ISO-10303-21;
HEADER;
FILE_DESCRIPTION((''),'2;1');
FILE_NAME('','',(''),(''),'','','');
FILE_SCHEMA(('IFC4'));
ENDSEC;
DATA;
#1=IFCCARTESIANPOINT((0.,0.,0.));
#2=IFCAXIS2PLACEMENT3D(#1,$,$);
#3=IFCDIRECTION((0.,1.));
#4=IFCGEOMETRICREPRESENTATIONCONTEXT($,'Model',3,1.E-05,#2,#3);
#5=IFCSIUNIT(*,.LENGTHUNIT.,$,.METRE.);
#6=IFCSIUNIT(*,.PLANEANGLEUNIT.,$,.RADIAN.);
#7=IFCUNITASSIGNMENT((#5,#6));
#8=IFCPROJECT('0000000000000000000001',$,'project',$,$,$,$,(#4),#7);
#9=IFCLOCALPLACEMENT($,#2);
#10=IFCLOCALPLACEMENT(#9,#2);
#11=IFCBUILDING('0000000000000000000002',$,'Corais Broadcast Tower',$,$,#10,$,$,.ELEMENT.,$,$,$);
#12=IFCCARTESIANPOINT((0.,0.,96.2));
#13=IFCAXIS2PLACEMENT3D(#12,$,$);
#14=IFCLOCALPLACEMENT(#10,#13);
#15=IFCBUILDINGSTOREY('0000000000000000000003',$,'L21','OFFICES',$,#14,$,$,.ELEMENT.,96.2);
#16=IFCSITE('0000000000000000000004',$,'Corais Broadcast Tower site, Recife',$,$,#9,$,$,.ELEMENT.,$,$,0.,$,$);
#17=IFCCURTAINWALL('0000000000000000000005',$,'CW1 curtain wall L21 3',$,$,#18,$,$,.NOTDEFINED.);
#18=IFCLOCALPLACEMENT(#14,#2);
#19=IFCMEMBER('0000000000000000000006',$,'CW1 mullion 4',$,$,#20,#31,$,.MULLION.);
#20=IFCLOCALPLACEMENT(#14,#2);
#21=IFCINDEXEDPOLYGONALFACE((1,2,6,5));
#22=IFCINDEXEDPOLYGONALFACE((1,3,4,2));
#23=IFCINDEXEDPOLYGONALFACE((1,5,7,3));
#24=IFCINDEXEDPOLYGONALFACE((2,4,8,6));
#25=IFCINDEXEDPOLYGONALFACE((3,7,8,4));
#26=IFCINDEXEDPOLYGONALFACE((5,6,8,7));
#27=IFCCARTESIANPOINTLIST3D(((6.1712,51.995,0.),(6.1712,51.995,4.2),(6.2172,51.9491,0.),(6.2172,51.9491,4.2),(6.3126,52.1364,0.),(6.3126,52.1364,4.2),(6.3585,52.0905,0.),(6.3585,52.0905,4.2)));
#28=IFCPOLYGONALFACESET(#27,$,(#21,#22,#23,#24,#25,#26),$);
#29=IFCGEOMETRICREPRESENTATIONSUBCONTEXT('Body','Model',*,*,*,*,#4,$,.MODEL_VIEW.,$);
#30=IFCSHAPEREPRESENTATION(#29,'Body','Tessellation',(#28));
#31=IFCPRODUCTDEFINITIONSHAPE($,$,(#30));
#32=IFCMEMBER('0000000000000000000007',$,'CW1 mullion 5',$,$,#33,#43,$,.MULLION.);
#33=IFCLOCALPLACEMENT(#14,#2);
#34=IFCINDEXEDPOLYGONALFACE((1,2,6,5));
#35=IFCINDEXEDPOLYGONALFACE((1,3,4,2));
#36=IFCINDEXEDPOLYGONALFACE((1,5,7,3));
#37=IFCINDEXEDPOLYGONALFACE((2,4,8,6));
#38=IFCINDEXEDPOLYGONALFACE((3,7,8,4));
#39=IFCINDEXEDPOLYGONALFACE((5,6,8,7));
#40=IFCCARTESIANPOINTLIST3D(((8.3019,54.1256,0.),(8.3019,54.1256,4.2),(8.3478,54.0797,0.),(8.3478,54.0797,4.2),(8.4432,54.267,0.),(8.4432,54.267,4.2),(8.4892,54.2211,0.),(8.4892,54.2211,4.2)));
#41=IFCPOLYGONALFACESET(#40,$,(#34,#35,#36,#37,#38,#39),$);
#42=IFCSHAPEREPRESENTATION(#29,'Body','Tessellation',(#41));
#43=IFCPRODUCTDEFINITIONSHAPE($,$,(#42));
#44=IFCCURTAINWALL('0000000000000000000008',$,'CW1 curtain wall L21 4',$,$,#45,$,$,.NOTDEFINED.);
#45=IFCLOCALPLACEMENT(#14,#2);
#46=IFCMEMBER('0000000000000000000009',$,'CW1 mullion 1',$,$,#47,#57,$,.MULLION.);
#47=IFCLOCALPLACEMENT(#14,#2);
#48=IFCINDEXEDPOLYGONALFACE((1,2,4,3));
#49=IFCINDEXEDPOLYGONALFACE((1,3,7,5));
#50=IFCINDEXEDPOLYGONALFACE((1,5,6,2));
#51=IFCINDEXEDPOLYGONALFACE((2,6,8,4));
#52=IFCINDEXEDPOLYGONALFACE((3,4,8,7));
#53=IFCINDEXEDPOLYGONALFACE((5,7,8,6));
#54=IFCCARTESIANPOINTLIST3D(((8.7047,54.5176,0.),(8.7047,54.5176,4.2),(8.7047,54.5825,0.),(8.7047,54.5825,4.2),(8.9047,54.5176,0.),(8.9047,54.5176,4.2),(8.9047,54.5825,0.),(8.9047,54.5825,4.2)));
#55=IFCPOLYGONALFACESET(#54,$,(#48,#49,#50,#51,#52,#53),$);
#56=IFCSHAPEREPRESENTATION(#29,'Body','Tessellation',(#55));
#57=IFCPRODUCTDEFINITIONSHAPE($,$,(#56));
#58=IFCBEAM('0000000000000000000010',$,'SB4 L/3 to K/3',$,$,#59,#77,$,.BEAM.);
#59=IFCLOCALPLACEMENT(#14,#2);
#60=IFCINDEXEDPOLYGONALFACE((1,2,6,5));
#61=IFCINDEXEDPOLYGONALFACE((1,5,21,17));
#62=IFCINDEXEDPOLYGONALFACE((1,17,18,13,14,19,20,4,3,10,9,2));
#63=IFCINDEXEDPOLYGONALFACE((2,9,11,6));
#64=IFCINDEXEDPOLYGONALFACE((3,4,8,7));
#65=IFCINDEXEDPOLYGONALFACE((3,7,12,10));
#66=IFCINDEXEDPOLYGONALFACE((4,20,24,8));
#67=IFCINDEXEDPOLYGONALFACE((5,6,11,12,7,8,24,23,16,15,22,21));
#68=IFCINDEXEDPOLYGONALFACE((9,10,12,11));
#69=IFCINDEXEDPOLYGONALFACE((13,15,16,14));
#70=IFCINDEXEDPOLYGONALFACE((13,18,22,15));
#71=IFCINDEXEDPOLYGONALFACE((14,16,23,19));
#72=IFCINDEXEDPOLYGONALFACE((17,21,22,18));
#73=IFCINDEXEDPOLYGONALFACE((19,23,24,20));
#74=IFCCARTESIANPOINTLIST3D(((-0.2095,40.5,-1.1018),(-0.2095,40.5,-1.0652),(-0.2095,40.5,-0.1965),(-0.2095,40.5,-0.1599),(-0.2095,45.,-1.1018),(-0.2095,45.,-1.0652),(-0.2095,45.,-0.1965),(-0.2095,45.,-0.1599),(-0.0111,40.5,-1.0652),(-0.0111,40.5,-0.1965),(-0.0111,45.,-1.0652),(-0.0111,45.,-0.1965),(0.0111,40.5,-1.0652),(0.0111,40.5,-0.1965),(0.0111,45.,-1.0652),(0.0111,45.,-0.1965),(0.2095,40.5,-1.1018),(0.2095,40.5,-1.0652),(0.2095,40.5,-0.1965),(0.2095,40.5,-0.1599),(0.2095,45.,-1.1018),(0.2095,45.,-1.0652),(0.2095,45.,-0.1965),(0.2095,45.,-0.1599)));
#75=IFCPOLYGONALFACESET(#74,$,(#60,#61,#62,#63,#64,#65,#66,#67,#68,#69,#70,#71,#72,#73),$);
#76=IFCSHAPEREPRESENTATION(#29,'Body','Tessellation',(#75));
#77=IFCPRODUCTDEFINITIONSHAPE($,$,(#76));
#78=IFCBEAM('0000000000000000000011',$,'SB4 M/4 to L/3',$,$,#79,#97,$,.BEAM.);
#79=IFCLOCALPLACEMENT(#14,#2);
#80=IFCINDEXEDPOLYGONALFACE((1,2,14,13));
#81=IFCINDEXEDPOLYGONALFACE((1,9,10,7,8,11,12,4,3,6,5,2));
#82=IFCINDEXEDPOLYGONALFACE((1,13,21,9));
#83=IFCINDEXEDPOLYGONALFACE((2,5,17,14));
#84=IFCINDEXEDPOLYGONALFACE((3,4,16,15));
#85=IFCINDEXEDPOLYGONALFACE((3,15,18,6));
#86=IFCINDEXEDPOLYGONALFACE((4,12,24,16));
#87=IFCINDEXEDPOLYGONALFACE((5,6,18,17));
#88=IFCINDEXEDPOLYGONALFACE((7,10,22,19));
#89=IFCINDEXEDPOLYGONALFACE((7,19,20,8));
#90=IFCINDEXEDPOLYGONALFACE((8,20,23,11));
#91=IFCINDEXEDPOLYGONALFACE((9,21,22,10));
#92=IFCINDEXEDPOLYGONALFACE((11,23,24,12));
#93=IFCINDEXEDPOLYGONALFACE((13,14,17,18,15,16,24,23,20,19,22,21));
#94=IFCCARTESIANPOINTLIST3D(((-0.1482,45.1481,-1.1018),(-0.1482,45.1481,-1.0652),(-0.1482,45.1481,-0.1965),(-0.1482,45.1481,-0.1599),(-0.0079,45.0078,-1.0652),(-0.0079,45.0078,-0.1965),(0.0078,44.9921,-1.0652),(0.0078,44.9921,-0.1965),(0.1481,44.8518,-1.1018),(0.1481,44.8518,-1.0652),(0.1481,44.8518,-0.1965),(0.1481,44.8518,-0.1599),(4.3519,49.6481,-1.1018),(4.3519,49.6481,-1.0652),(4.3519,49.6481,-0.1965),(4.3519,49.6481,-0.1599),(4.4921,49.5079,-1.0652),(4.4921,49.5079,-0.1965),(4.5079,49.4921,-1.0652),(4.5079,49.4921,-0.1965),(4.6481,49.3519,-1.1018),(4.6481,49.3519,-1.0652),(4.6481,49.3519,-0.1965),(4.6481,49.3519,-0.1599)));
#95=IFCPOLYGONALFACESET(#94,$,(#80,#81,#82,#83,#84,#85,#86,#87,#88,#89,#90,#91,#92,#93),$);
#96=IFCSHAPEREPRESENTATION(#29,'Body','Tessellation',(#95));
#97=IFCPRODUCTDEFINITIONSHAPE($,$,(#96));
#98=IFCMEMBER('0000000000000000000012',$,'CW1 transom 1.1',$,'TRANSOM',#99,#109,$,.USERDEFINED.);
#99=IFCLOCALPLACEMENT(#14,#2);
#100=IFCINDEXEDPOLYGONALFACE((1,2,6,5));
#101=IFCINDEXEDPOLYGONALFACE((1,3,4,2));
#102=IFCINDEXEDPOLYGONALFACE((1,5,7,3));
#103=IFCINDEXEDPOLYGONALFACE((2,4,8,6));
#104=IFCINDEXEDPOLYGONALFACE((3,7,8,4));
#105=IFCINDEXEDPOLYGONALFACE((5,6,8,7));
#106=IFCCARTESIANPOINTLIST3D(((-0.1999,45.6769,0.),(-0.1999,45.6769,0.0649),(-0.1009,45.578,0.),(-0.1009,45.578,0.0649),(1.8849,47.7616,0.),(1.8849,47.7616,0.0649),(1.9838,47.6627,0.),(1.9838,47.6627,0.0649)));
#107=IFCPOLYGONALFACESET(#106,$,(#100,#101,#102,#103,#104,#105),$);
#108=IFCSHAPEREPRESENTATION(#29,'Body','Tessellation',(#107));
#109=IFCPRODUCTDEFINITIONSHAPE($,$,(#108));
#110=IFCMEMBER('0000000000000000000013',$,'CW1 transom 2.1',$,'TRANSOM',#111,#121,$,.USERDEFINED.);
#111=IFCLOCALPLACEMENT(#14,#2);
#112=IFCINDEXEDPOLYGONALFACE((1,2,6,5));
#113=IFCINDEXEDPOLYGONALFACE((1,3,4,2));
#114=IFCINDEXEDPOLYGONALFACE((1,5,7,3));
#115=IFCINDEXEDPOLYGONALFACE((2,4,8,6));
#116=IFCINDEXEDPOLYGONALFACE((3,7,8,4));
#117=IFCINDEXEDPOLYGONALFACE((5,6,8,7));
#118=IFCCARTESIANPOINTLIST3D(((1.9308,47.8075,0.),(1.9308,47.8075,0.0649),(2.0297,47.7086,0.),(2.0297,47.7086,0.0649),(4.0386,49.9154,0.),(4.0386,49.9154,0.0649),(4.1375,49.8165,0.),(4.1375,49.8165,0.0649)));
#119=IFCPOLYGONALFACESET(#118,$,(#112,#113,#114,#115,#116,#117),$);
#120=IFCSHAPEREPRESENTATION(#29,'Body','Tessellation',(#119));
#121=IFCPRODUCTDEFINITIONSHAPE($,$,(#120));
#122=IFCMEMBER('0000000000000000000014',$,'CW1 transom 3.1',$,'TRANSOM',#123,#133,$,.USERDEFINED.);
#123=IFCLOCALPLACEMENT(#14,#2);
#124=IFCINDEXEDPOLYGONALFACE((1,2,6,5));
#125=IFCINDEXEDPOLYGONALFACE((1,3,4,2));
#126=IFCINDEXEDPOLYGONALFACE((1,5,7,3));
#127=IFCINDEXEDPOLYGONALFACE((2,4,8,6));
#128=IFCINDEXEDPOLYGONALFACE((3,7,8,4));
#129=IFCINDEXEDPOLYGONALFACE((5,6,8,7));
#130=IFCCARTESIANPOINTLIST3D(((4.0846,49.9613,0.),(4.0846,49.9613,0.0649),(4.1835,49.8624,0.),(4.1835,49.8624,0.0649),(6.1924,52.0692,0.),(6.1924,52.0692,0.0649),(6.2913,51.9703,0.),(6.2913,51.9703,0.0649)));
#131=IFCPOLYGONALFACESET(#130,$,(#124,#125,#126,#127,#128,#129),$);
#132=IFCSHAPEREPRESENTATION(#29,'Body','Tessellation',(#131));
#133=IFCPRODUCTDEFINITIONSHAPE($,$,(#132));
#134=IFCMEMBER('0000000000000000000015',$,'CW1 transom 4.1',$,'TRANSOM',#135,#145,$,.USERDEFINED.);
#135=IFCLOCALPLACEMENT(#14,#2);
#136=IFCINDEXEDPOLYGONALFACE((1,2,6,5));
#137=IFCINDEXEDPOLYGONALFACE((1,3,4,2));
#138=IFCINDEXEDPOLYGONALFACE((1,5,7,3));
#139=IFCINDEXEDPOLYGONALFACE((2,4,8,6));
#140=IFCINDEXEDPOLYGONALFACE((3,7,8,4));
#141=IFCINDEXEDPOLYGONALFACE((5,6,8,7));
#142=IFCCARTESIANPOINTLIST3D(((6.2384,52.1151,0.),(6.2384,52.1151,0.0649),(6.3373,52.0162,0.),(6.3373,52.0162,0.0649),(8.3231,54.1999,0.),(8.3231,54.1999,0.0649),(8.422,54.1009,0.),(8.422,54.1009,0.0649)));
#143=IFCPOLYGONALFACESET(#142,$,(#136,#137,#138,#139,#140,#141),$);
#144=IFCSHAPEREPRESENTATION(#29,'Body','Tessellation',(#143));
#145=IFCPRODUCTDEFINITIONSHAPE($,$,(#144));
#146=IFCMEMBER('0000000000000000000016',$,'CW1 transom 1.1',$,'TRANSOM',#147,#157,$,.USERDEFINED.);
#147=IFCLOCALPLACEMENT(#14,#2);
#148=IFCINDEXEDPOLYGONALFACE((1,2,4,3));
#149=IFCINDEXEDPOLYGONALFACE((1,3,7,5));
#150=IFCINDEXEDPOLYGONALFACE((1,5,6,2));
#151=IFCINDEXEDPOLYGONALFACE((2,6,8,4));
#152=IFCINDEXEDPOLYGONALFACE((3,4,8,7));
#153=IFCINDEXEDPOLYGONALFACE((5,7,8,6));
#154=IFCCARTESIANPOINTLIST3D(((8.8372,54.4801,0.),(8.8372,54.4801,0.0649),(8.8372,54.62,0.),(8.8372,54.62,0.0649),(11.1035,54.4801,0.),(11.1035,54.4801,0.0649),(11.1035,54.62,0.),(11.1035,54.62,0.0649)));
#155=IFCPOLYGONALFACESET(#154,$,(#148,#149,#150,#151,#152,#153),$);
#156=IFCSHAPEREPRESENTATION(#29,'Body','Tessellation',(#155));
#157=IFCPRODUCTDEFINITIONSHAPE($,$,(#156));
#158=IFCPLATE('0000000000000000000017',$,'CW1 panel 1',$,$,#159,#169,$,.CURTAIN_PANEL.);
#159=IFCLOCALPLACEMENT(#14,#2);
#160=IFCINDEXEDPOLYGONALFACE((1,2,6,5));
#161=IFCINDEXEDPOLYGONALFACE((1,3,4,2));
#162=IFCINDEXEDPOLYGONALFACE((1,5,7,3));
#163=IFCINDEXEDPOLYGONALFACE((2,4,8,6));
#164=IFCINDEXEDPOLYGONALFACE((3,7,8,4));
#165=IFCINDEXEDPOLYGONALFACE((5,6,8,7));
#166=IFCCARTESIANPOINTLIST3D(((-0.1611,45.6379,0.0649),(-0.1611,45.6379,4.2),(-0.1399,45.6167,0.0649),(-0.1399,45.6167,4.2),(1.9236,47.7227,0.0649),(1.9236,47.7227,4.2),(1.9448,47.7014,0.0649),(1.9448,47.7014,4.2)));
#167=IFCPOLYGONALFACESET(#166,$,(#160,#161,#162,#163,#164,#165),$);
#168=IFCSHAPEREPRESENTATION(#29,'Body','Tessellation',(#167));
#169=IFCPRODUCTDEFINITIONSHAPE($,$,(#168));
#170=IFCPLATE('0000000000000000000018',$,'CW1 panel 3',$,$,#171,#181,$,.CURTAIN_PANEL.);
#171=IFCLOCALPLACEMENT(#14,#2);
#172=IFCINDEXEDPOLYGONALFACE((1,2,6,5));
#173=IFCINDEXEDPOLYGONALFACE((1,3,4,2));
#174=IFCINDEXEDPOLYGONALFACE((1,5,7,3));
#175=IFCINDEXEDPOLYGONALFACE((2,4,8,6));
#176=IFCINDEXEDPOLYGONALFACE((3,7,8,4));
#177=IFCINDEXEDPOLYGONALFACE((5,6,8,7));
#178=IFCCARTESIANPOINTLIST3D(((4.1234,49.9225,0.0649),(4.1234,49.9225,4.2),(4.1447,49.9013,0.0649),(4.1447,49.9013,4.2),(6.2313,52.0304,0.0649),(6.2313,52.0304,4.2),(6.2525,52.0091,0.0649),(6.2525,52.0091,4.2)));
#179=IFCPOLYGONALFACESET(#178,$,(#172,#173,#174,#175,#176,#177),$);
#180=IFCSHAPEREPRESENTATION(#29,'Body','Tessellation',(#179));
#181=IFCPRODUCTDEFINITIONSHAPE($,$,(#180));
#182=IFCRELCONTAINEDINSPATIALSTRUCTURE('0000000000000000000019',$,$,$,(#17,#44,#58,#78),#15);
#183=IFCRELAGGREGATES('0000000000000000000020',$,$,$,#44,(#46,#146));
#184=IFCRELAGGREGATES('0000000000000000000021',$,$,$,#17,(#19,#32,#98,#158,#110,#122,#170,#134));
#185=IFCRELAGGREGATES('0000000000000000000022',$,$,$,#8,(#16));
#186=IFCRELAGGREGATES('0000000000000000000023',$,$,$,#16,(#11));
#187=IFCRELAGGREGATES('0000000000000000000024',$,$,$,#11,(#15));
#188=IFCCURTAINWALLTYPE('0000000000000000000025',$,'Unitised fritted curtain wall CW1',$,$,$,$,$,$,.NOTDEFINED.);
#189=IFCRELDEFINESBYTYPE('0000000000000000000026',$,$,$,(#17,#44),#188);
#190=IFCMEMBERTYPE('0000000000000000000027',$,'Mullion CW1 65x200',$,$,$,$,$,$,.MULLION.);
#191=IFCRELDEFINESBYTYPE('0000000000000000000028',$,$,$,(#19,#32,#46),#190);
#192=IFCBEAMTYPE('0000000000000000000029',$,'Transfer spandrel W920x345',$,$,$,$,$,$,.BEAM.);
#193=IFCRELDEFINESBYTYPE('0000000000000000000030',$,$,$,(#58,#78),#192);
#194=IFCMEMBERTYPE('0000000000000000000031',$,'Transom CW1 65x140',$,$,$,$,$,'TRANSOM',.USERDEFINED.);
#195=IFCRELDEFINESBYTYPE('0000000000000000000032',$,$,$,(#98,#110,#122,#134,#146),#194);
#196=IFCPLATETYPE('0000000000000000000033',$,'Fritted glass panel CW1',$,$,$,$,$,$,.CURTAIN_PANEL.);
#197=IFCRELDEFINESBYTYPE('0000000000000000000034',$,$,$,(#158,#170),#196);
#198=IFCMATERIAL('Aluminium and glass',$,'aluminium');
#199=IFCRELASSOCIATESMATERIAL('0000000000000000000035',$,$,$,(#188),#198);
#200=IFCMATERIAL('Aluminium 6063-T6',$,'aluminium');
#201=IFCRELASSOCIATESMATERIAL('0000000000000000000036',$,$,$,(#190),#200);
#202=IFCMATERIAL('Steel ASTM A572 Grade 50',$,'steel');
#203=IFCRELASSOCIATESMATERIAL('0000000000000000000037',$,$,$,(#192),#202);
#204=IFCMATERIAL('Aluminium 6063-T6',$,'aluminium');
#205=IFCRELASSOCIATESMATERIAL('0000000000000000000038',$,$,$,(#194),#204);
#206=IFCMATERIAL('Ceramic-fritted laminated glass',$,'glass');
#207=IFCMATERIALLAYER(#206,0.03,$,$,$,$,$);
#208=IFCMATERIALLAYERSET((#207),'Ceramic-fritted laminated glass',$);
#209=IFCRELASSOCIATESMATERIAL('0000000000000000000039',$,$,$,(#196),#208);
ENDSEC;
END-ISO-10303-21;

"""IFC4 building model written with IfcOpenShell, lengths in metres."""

from ifc_helpers import new_model, si_unit, direction, frame, origin, origin_2d, place, context, subcontext, project, spatial, rectangle, i_section, extrude, material, layer, layer_set, material_profile, profile_set, type_object, element, aggregate, save


model = new_model("IFC4")

# Units and contexts
model_context = context("Model", 3, precision=1e-05, world=origin(), true_north=direction((0.0, 1.0)))
body_context = subcontext(model_context, "Body", "Model", "MODEL_VIEW")
ifc_project = project(units=[si_unit("LENGTHUNIT", "METRE"), si_unit("PLANEANGLEUNIT", "RADIAN")], contexts=[model_context])

# Site, building, storey
site_placement = place(None, origin())
site = spatial("IfcSite", under=ifc_project, at=site_placement, Name="Corais Broadcast Tower site, Recife", CompositionType="ELEMENT", RefElevation=0.0)
building_placement = place(site_placement, origin())
building = spatial("IfcBuilding", under=site, at=building_placement, Name="Corais Broadcast Tower", CompositionType="ELEMENT")
storey_placement = place(building_placement, frame((0.0, 0.0, 96.2)))
storey = spatial("IfcBuildingStorey", under=building, at=storey_placement, Name="L21", Description="OFFICES", CompositionType="ELEMENT", Elevation=96.2)

# Shared definitions
ifc_material_1 = material(Name="Aluminium and glass", Category="aluminium")
curtain_wall_type = type_object("IfcCurtainWallType", Name="Unitised fritted curtain wall CW1", PredefinedType="NOTDEFINED", material=ifc_material_1)
ifc_material_2 = material(Name="Aluminium 6063-T6", Category="aluminium")
ifc_material_profile_1 = material_profile(ifc_material_2, rectangle(XDim=0.0649, YDim=0.2, at=origin_2d()), Name="Mullion CW1 65x200")
ifc_profile_set_1 = profile_set([ifc_material_profile_1], Name="Aluminium 6063-T6")
member_type_1 = type_object("IfcMemberType", Name="Mullion CW1 65x200", PredefinedType="MULLION", material=ifc_profile_set_1)

# Curtain wall, members
curtain_wall_1_placement = place(storey_placement, origin())
curtain_wall_1 = element("IfcCurtainWall", 1, at=curtain_wall_1_placement, inside=storey, type_object=curtain_wall_type, Name="CW1 curtain wall L21 3", PredefinedType="NOTDEFINED")
member_1_placement = place(storey_placement, frame((6.2649, 52.0427, 0.0), z_axis=(0.0, 0.0, 1.0), x_axis=(-0.707107, 0.707107, 0.0)))
member_1 = element("IfcMember", 2, at=member_1_placement, type_object=member_type_1, Name="CW1 mullion 4", PredefinedType="MULLION", context=body_context, shape_type="SweptSolid", body=[
    extrude(rectangle(XDim=0.0649, YDim=0.2, at=origin_2d()), origin(), (0.0, 0.0, 1.0), 4.2),
])
member_2_placement = place(storey_placement, frame((8.3955, 54.1733, 0.0), z_axis=(0.0, 0.0, 1.0), x_axis=(-0.707107, 0.707107, 0.0)))
member_2 = element("IfcMember", 3, at=member_2_placement, type_object=member_type_1, Name="CW1 mullion 5", PredefinedType="MULLION", context=body_context, shape_type="SweptSolid", body=[
    extrude(rectangle(XDim=0.0649, YDim=0.2, at=origin_2d()), origin(), (0.0, 0.0, 1.0), 4.2),
])

# Curtain wall, member
curtain_wall_2_placement = place(storey_placement, origin())
curtain_wall_2 = element("IfcCurtainWall", 4, at=curtain_wall_2_placement, inside=storey, type_object=curtain_wall_type, Name="CW1 curtain wall L21 4", PredefinedType="NOTDEFINED")
member_3_placement = place(storey_placement, frame((8.8047, 54.55, 0.0), z_axis=(0.0, 0.0, 1.0), x_axis=(0.0, 1.0, 0.0)))
member_3 = element("IfcMember", 5, at=member_3_placement, type_object=member_type_1, Name="CW1 mullion 1", PredefinedType="MULLION", context=body_context, shape_type="SweptSolid", body=[
    extrude(rectangle(XDim=0.0649, YDim=0.2, at=origin_2d()), origin(), (0.0, 0.0, 1.0), 4.2),
])

# Beams
ifc_material_3 = material(Name="Steel ASTM A572 Grade 50", Category="steel")
ifc_material_profile_2 = material_profile(ifc_material_3, i_section(OverallWidth=0.4189, OverallDepth=0.9419, WebThickness=0.0222, FlangeThickness=0.0366, at=origin_2d()), Name="W920x345")
ifc_profile_set_2 = profile_set([ifc_material_profile_2], Name="Steel ASTM A572 Grade 50")
beam_type_1 = type_object("IfcBeamType", Name="Transfer spandrel W920x345", PredefinedType="BEAM", material=ifc_profile_set_2)
beam_1_placement = place(storey_placement, frame((0.0, 45.0, -0.6309), z_axis=(0.0, -1.0, 0.0), x_axis=(1.0, 0.0, 0.0)))
element("IfcBeam", 6, at=beam_1_placement, inside=storey, type_object=beam_type_1, Name="SB4 L/3 to K/3", PredefinedType="BEAM", context=body_context, shape_type="SweptSolid", body=[
    extrude(i_section(OverallWidth=0.4189, OverallDepth=0.9419, WebThickness=0.0222, FlangeThickness=0.0366, at=origin_2d()), origin(), (0.0, 0.0, 1.0), 4.5),
])
beam_2_placement = place(storey_placement, frame((4.5, 49.5, -0.6309), z_axis=(-0.707107, -0.707107, 0.0), x_axis=(0.707107, -0.707107, 0.0)))
element("IfcBeam", 7, at=beam_2_placement, inside=storey, type_object=beam_type_1, Name="SB4 M/4 to L/3", PredefinedType="BEAM", context=body_context, shape_type="SweptSolid", body=[
    extrude(i_section(OverallWidth=0.4189, OverallDepth=0.9419, WebThickness=0.0222, FlangeThickness=0.0366, at=origin_2d()), origin(), (0.0, 0.0, 1.0), 6.364),
])

# Members
ifc_material_4 = material(Name="Aluminium 6063-T6", Category="aluminium")
ifc_material_profile_3 = material_profile(ifc_material_4, rectangle(XDim=0.1399, YDim=0.0649, at=origin_2d()), Name="Transom CW1 65x140")
ifc_profile_set_3 = profile_set([ifc_material_profile_3], Name="Aluminium 6063-T6")
member_type_2 = type_object("IfcMemberType", Name="Transom CW1 65x140", ElementType="TRANSOM", PredefinedType="USERDEFINED", material=ifc_profile_set_3)
member_4_placement = place(storey_placement, frame((-0.1504, 45.6274, 0.0325), z_axis=(0.707107, 0.707107, 0.0), x_axis=(-0.707107, 0.707107, 0.0)))
member_4 = element("IfcMember", 8, at=member_4_placement, type_object=member_type_2, Name="CW1 transom 1.1", ObjectType="TRANSOM", PredefinedType="USERDEFINED", context=body_context, shape_type="SweptSolid", body=[
    extrude(rectangle(XDim=0.1399, YDim=0.0649, at=origin_2d()), origin(), (0.0, 0.0, 1.0), 2.9482),
])
member_5_placement = place(storey_placement, frame((1.9802, 47.7581, 0.0325), z_axis=(0.707107, 0.707107, 0.0), x_axis=(-0.707107, 0.707107, 0.0)))
member_5 = element("IfcMember", 9, at=member_5_placement, type_object=member_type_2, Name="CW1 transom 2.1", ObjectType="TRANSOM", PredefinedType="USERDEFINED", context=body_context, shape_type="SweptSolid", body=[
    extrude(rectangle(XDim=0.1399, YDim=0.0649, at=origin_2d()), origin(), (0.0, 0.0, 1.0), 2.981),
])
member_6_placement = place(storey_placement, frame((4.134, 49.9119, 0.0325), z_axis=(0.707107, 0.707107, 0.0), x_axis=(-0.707107, 0.707107, 0.0)))
member_6 = element("IfcMember", 10, at=member_6_placement, type_object=member_type_2, Name="CW1 transom 3.1", ObjectType="TRANSOM", PredefinedType="USERDEFINED", context=body_context, shape_type="SweptSolid", body=[
    extrude(rectangle(XDim=0.1399, YDim=0.0649, at=origin_2d()), origin(), (0.0, 0.0, 1.0), 2.981),
])
member_7_placement = place(storey_placement, frame((6.2878, 52.0657, 0.0325), z_axis=(0.707107, 0.707107, 0.0), x_axis=(-0.707107, 0.707107, 0.0)))
member_7 = element("IfcMember", 11, at=member_7_placement, type_object=member_type_2, Name="CW1 transom 4.1", ObjectType="TRANSOM", PredefinedType="USERDEFINED", context=body_context, shape_type="SweptSolid", body=[
    extrude(rectangle(XDim=0.1399, YDim=0.0649, at=origin_2d()), origin(), (0.0, 0.0, 1.0), 2.9482),
])
member_8_placement = place(storey_placement, frame((8.8372, 54.55, 0.0325), z_axis=(1.0, 0.0, 0.0), x_axis=(0.0, 1.0, 0.0)))
member_8 = element("IfcMember", 12, at=member_8_placement, type_object=member_type_2, Name="CW1 transom 1.1", ObjectType="TRANSOM", PredefinedType="USERDEFINED", context=body_context, shape_type="SweptSolid", body=[
    extrude(rectangle(XDim=0.1399, YDim=0.0649, at=origin_2d()), origin(), (0.0, 0.0, 1.0), 2.2664),
])
aggregate(curtain_wall_2, [member_3, member_8])

# Plates
ifc_material_5 = material(Name="Ceramic-fritted laminated glass", Category="glass")
ifc_layer_1 = layer(ifc_material_5, 0.03)
ifc_layer_set_1 = layer_set([ifc_layer_1], Name="Ceramic-fritted laminated glass")
plate_type_1 = type_object("IfcPlateType", Name="Fritted glass panel CW1", PredefinedType="CURTAIN_PANEL", material=ifc_layer_set_1)
plate_1_placement = place(storey_placement, frame((0.8918, 46.6697, 0.0649), z_axis=(0.0, 0.0, 1.0), x_axis=(0.707107, 0.707107, 0.0)))
plate_1 = element("IfcPlate", 13, at=plate_1_placement, type_object=plate_type_1, Name="CW1 panel 1", PredefinedType="CURTAIN_PANEL", context=body_context, shape_type="SweptSolid", body=[
    extrude(rectangle(XDim=2.9482, YDim=0.03, at=origin_2d()), origin(), (0.0, 0.0, 1.0), 4.135),
])
plate_2_placement = place(storey_placement, frame((5.188, 50.9658, 0.0649), z_axis=(0.0, 0.0, 1.0), x_axis=(0.707107, 0.707107, 0.0)))
plate_2 = element("IfcPlate", 14, at=plate_2_placement, type_object=plate_type_1, Name="CW1 panel 3", PredefinedType="CURTAIN_PANEL", context=body_context, shape_type="SweptSolid", body=[
    extrude(rectangle(XDim=2.981, YDim=0.03, at=origin_2d()), origin(), (0.0, 0.0, 1.0), 4.135),
])
aggregate(curtain_wall_1, [member_1, member_2, member_4, plate_1, member_5, member_6, plate_2, member_7])

save(model, "model.ifc")
